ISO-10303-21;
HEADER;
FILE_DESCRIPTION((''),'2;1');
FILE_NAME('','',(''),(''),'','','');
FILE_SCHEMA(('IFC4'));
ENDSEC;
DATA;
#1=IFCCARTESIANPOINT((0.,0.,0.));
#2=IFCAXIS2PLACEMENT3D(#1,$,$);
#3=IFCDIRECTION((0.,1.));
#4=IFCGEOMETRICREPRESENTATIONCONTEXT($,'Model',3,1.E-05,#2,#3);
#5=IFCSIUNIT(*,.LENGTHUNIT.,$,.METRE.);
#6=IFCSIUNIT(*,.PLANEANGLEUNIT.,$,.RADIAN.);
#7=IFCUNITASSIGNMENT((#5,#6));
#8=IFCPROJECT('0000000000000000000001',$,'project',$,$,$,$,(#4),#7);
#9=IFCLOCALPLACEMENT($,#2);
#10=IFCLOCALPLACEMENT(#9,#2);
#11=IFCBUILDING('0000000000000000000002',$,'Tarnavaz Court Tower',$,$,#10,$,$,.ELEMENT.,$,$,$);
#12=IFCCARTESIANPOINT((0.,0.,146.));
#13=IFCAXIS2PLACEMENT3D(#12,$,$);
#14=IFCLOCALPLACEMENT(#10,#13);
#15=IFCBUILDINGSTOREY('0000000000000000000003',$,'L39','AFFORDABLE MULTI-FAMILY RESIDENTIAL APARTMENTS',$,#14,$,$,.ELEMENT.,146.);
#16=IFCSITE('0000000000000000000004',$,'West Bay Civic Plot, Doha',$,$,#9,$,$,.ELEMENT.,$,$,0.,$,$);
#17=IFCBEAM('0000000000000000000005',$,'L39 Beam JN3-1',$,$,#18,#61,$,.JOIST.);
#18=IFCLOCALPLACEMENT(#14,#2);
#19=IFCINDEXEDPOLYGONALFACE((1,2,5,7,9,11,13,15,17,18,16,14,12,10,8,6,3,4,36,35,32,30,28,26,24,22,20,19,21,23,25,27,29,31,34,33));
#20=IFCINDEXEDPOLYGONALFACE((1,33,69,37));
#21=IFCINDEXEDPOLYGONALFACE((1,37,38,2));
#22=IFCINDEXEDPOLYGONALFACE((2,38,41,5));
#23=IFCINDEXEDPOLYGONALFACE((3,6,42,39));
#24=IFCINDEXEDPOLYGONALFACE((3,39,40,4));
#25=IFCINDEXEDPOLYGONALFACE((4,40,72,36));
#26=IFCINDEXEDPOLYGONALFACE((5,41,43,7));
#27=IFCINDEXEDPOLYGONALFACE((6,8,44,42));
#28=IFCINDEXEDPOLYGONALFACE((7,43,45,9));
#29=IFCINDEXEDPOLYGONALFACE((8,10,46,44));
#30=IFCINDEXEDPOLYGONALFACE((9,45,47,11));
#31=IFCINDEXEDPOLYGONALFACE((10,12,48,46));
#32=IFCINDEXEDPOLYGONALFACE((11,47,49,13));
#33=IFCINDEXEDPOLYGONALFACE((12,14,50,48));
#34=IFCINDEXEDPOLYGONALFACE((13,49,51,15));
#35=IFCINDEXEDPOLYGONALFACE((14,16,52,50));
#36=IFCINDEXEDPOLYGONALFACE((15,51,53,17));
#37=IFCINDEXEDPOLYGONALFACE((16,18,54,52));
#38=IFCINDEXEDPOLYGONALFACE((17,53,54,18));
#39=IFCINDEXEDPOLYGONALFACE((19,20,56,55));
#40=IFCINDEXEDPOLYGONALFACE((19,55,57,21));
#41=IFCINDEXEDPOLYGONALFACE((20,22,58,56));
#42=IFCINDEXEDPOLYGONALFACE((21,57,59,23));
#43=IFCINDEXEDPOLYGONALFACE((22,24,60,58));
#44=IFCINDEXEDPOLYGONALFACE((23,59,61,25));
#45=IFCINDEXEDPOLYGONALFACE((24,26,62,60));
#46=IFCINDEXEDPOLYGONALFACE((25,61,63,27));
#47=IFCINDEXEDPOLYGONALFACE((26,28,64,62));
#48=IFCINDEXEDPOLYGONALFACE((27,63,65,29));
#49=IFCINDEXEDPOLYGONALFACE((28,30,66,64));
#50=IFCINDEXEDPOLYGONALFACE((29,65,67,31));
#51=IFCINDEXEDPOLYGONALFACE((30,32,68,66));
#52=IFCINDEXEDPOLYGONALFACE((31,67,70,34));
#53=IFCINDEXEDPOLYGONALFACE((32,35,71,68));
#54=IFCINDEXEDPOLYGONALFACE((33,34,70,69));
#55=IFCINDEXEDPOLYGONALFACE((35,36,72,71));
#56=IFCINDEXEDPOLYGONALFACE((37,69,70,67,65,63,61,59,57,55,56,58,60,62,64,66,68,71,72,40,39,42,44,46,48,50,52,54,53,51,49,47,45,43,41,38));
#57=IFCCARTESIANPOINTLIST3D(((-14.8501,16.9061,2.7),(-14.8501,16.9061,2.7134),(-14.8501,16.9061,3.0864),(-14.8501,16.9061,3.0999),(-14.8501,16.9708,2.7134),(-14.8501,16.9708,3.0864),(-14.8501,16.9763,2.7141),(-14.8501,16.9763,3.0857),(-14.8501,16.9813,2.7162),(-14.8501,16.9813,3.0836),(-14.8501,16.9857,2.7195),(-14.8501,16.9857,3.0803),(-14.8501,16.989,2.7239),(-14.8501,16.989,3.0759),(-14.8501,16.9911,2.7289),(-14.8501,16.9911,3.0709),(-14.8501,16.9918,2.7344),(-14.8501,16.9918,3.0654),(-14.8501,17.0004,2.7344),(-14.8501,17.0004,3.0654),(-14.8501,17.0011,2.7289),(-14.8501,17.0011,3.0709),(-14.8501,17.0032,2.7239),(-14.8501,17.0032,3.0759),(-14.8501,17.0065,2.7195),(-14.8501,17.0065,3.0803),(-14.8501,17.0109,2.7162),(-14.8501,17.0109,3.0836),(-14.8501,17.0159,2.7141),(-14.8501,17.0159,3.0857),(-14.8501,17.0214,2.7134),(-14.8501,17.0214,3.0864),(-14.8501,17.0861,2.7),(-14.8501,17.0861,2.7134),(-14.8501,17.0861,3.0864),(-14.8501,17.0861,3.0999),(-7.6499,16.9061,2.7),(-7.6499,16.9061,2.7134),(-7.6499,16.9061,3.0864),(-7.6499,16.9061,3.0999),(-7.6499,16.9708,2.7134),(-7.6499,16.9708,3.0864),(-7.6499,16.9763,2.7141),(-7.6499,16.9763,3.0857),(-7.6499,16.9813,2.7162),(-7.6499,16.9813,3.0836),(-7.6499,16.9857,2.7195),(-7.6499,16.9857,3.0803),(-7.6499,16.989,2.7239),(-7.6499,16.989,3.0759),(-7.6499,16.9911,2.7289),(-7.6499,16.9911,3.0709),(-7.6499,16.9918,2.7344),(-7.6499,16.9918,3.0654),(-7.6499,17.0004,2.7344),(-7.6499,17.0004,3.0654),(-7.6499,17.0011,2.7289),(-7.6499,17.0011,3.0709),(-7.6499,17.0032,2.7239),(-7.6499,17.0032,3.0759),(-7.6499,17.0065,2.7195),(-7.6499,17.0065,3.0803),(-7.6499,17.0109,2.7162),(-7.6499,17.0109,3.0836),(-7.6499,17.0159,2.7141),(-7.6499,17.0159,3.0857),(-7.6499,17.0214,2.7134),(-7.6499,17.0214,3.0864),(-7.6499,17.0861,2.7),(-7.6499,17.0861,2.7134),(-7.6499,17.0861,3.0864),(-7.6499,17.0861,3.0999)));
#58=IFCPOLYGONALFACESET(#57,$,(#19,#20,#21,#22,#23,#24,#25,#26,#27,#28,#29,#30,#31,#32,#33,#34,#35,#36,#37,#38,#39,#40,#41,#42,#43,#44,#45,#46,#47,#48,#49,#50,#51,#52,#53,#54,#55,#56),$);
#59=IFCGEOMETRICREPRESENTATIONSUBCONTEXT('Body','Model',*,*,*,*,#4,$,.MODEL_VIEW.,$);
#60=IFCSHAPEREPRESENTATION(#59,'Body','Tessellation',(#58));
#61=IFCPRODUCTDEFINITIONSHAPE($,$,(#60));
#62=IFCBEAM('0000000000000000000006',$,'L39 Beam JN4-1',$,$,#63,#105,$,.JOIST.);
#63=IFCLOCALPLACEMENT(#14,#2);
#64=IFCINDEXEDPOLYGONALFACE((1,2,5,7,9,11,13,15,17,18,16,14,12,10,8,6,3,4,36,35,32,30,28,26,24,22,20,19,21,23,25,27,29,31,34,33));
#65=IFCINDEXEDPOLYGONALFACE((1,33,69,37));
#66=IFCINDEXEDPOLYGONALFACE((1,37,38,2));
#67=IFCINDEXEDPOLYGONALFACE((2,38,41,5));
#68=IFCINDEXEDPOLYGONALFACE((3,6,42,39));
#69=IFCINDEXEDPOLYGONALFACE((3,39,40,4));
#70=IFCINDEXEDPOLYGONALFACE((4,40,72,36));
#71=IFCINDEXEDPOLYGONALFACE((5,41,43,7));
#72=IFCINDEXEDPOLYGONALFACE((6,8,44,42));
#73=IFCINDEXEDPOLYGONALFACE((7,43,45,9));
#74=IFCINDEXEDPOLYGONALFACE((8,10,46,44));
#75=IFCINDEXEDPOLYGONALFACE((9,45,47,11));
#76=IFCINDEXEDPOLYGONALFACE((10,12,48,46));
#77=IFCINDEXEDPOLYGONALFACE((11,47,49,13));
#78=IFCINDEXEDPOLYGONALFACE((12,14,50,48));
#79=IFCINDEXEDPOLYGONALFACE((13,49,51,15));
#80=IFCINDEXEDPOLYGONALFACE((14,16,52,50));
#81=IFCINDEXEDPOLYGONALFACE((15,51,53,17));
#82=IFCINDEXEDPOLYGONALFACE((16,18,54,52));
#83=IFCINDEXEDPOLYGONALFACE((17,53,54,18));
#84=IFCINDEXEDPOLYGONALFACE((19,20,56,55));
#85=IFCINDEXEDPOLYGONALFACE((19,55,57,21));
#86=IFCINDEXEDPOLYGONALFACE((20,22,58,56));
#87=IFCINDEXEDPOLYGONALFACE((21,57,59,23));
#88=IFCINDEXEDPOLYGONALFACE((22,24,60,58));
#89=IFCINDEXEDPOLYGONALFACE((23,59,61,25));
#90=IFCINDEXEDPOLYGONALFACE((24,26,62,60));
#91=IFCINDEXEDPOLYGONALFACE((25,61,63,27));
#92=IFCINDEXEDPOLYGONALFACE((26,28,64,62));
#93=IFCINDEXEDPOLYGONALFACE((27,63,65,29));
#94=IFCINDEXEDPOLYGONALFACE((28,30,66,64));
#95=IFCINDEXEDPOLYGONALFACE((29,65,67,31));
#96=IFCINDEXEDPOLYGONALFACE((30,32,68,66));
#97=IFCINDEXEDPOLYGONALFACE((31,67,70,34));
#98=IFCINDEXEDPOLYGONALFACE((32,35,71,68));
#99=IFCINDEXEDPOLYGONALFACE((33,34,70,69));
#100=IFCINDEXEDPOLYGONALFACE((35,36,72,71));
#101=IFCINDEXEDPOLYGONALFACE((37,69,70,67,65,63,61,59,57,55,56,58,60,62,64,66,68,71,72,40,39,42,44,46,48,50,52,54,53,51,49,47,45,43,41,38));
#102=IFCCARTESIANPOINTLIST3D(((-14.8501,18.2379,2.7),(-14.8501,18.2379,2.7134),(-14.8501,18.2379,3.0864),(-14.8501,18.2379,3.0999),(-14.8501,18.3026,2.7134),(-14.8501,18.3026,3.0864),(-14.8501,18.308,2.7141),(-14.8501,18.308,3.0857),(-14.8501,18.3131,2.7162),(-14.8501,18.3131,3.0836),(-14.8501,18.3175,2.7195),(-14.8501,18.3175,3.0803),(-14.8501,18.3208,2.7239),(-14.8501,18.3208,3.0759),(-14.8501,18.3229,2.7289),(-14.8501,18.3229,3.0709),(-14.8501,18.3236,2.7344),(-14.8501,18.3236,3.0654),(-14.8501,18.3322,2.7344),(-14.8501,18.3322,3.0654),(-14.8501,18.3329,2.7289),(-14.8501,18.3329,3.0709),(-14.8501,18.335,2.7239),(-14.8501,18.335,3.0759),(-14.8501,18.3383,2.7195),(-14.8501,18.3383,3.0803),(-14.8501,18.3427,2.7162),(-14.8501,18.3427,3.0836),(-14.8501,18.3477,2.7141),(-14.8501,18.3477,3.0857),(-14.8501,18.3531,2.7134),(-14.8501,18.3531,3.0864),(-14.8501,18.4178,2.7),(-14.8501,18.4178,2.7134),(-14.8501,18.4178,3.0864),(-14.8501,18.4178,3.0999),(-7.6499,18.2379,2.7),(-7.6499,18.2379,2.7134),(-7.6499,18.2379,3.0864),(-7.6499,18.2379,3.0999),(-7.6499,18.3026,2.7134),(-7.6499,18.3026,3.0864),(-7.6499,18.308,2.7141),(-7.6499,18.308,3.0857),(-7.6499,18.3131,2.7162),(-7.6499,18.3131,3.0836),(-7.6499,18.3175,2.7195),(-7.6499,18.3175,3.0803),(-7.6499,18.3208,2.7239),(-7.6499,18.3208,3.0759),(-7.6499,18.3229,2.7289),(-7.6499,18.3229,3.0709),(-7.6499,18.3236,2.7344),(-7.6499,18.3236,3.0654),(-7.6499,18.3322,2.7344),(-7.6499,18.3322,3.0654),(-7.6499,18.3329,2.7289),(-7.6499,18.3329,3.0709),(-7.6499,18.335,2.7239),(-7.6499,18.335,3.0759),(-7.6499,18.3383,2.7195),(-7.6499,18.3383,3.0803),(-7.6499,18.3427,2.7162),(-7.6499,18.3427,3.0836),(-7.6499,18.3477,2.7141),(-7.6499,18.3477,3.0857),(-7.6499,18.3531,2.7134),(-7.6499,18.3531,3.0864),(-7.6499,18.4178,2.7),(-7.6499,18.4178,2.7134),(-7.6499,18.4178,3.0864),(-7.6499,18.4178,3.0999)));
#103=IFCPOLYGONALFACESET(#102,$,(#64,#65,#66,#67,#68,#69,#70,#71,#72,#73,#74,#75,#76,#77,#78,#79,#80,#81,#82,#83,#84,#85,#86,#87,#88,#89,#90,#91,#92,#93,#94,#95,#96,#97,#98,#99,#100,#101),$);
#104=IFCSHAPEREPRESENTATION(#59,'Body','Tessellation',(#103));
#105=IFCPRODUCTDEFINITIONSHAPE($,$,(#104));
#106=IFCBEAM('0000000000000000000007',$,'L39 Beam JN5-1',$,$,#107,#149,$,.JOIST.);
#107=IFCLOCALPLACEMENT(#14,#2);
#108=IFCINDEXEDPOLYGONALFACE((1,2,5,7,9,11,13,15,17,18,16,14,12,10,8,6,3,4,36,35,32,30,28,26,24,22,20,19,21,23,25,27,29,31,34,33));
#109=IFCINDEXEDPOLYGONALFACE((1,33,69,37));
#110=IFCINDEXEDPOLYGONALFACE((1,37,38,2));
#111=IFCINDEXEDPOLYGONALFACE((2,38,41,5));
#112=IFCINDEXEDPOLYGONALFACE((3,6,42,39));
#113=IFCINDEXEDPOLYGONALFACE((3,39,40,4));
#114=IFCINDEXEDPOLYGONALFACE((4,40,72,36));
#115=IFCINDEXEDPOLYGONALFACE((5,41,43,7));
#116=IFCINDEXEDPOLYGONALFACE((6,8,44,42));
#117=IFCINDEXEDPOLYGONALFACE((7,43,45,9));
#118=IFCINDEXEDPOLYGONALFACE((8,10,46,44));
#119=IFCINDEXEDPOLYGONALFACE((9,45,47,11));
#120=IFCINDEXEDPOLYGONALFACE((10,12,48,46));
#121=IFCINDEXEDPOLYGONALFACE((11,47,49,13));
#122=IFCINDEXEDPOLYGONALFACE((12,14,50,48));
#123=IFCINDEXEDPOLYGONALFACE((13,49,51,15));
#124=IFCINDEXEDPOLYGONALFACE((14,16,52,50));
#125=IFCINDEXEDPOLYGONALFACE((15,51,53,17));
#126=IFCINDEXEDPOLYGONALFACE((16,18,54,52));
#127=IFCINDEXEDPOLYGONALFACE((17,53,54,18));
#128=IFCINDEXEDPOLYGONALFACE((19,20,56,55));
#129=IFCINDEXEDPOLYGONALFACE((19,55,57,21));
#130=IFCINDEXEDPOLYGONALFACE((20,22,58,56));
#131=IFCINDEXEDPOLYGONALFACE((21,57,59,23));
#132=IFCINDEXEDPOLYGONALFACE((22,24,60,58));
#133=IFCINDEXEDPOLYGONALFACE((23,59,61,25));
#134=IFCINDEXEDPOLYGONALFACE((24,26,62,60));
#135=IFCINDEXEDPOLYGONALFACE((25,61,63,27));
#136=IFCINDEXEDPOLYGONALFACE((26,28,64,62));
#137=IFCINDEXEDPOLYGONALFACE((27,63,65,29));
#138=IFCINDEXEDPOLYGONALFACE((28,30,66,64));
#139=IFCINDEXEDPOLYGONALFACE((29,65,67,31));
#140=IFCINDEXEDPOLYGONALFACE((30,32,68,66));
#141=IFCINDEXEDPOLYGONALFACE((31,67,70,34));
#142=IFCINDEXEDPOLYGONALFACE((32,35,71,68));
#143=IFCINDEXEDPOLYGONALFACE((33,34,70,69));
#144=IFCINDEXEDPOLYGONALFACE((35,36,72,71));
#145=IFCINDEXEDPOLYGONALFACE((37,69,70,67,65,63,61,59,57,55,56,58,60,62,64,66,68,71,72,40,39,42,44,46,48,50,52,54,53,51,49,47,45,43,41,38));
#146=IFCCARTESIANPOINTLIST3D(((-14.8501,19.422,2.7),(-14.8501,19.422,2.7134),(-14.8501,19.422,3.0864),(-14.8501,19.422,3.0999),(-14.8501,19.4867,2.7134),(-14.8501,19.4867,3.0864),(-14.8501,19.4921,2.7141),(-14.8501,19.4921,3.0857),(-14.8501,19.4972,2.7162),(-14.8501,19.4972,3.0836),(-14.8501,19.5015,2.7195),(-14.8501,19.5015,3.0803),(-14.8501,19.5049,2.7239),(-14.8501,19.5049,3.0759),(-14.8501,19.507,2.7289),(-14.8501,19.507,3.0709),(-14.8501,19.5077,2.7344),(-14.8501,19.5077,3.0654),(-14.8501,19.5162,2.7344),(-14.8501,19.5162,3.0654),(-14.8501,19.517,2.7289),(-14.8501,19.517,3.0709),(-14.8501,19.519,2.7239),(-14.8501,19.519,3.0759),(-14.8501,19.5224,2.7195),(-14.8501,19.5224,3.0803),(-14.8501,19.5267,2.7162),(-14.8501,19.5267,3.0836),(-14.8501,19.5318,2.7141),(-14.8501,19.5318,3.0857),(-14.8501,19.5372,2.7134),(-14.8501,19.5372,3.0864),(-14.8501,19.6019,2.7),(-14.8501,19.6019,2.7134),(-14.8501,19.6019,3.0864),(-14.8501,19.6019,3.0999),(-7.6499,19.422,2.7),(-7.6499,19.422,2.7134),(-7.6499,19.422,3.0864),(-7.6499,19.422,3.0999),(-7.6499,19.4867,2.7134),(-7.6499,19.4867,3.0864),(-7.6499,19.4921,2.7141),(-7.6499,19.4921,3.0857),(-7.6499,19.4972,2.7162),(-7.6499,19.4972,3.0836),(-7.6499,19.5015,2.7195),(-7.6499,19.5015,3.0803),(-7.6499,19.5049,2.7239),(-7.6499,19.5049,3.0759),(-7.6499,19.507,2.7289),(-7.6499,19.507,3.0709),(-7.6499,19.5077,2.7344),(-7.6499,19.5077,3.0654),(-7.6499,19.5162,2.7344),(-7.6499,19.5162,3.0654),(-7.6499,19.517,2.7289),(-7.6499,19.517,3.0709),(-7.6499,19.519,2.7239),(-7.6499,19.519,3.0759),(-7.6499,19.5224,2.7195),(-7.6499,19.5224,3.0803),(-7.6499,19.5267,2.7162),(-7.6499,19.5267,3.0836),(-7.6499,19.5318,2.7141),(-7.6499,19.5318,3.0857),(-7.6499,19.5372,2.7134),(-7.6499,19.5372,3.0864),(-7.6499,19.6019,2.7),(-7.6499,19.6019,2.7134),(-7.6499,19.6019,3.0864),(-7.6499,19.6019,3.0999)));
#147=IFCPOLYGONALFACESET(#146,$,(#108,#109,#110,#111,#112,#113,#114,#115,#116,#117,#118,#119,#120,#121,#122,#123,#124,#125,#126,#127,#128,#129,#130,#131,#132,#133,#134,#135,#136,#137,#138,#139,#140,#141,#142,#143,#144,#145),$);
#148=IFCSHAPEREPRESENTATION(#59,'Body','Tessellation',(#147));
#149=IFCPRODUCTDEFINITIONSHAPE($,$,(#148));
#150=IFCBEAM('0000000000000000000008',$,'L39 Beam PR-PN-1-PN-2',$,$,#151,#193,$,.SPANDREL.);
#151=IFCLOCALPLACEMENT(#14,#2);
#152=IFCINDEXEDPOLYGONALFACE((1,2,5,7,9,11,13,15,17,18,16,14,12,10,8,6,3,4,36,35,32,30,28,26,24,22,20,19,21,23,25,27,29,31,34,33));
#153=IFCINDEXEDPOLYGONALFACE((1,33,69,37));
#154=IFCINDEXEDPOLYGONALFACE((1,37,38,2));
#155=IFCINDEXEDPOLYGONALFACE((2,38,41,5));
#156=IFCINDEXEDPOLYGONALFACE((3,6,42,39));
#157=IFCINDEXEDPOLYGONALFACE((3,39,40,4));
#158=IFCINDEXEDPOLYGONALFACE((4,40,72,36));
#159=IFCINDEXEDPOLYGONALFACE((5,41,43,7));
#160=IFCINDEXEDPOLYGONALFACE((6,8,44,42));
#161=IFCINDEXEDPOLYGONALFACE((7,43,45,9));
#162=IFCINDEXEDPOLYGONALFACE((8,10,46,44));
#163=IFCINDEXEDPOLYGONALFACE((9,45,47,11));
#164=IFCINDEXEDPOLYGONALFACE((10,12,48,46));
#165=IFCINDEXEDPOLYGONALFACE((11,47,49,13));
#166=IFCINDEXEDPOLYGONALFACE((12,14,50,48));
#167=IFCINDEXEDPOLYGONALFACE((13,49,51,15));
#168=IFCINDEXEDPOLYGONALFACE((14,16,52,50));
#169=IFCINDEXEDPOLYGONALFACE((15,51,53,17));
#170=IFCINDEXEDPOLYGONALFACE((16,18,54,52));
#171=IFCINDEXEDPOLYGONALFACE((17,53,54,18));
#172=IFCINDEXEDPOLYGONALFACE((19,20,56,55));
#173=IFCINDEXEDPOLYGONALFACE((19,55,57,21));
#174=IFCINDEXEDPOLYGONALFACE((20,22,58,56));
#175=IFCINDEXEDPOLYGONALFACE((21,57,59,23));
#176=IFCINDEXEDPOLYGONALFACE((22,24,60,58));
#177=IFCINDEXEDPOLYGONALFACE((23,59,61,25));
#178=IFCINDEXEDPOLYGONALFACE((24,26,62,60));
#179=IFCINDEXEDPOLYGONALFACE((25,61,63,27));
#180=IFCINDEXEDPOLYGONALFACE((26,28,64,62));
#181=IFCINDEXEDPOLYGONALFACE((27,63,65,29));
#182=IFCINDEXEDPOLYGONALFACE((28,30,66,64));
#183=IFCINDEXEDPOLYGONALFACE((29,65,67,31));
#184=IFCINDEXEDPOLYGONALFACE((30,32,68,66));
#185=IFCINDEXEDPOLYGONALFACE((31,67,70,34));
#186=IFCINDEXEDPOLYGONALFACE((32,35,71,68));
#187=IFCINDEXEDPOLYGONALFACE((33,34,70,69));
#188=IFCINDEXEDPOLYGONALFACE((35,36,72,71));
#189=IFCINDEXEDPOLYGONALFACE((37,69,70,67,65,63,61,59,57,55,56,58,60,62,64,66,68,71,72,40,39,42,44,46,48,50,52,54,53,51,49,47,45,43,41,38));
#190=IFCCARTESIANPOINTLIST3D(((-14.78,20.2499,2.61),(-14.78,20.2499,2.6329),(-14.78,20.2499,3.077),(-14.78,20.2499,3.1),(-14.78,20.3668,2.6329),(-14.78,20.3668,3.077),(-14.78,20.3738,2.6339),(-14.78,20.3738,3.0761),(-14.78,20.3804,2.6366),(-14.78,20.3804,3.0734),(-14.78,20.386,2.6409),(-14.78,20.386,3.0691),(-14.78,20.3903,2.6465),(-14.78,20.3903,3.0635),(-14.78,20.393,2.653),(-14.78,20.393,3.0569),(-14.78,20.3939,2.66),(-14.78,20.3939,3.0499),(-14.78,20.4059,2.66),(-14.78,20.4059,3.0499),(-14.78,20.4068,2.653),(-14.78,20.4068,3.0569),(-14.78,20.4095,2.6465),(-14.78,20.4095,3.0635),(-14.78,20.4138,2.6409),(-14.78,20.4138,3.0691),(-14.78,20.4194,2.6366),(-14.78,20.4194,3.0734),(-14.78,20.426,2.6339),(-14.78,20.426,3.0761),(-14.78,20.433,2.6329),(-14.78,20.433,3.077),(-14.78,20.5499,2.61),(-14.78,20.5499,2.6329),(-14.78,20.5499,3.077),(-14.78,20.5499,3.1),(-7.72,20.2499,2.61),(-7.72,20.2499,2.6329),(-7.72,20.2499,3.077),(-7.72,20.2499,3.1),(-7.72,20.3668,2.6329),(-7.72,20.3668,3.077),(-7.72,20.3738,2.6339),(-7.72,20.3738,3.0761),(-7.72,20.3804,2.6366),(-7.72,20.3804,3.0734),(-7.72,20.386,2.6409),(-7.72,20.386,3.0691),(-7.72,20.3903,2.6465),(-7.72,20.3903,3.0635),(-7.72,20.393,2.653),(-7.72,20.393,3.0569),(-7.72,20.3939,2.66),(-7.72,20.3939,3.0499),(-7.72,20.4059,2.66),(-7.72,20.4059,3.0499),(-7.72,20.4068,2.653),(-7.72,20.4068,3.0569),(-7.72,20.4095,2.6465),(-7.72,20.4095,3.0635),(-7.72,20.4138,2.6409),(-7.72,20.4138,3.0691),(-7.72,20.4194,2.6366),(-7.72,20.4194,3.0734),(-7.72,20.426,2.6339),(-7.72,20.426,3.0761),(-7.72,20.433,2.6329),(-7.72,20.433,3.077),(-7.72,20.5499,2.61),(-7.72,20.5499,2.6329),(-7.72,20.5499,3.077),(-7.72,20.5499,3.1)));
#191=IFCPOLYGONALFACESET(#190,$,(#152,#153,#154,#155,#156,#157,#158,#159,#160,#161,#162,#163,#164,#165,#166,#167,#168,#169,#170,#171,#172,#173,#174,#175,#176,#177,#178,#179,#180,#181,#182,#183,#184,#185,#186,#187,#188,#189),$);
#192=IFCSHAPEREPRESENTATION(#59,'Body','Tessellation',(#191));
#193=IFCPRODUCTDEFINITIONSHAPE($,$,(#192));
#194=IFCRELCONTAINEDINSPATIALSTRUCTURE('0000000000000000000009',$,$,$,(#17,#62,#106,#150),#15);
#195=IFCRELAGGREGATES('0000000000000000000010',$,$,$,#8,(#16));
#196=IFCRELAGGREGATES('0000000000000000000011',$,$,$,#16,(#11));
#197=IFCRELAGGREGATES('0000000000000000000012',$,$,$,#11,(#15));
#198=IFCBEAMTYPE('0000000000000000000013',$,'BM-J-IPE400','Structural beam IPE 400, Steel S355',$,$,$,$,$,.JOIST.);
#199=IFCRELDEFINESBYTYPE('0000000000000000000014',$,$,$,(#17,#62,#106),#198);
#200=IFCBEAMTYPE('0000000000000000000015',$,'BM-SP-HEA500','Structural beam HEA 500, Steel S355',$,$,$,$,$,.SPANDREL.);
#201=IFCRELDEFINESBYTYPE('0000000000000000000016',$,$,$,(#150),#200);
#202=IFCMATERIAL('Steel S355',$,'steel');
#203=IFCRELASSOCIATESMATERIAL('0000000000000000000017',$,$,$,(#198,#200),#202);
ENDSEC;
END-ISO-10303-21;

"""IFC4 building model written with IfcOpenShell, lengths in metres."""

from ifc_helpers import new_model, si_unit, direction, frame, origin, origin_2d, place, context, subcontext, project, spatial, i_section, extrude, material, material_profile, profile_set, type_object, element, save


model = new_model("IFC4")

# Units and contexts
model_context = context("Model", 3, precision=1e-05, world=origin(), true_north=direction((0.0, 1.0)))
body_context = subcontext(model_context, "Body", "Model", "MODEL_VIEW")
ifc_project = project(units=[si_unit("LENGTHUNIT", "METRE"), si_unit("PLANEANGLEUNIT", "RADIAN")], contexts=[model_context])

# Site, building, storey
site_placement = place(None, origin())
site = spatial("IfcSite", under=ifc_project, at=site_placement, Name="West Bay Civic Plot, Doha", CompositionType="ELEMENT", RefElevation=0.0)
building_placement = place(site_placement, origin())
building = spatial("IfcBuilding", under=site, at=building_placement, Name="Tarnavaz Court Tower", CompositionType="ELEMENT")
storey_placement = place(building_placement, frame((0.0, 0.0, 146.0)))
storey = spatial("IfcBuildingStorey", under=building, at=storey_placement, Name="L39", Description="AFFORDABLE MULTI-FAMILY RESIDENTIAL APARTMENTS", CompositionType="ELEMENT", Elevation=146.0)

# Beams
ifc_material_1 = material(Name="Steel S355", Category="steel")
ifc_material_profile_1 = material_profile(ifc_material_1, i_section(OverallWidth=0.1799, OverallDepth=0.3999, WebThickness=0.0085, FlangeThickness=0.0134, FilletRadius=0.021, at=origin_2d()), Name="IPE 400")
ifc_profile_set_1 = profile_set([ifc_material_profile_1], Name="Steel S355")
beam_type_1 = type_object("IfcBeamType", Name="BM-J-IPE400", Description="Structural beam IPE 400, Steel S355", PredefinedType="JOIST", material=ifc_profile_set_1)
for number, where, z_axis, x_axis, name in (
    (1, (-14.8501, 16.9961, 2.8999), (1.0, 0.0, 0.0), (0.0, 1.0, 0.0), "L39 Beam JN3-1"),
    (2, (-14.8501, 18.3279, 2.8999), (1.0, 0.0, 0.0), (0.0, 1.0, 0.0), "L39 Beam JN4-1"),
    (3, (-14.8501, 19.512, 2.8999), (1.0, 0.0, 0.0), (0.0, 1.0, 0.0), "L39 Beam JN5-1"),
):
    element("IfcBeam", number, at=place(storey_placement, frame(where, z_axis=z_axis, x_axis=x_axis)), inside=storey, type_object=beam_type_1, Name=name, PredefinedType="JOIST", context=body_context, shape_type="SweptSolid", body=[
        extrude(i_section(OverallWidth=0.1799, OverallDepth=0.3999, WebThickness=0.0085, FlangeThickness=0.0134, FilletRadius=0.021, at=origin_2d()), origin(), (0.0, 0.0, 1.0), 7.2002),
    ])
ifc_material_profile_2 = material_profile(ifc_material_1, i_section(OverallWidth=0.3, OverallDepth=0.49, WebThickness=0.012, FlangeThickness=0.0229, FilletRadius=0.0271, at=origin_2d()), Name="HEA 500")
ifc_profile_set_2 = profile_set([ifc_material_profile_2], Name="Steel S355")
beam_type_2 = type_object("IfcBeamType", Name="BM-SP-HEA500", Description="Structural beam HEA 500, Steel S355", PredefinedType="SPANDREL", material=ifc_profile_set_2)
beam_1_placement = place(storey_placement, frame((-14.78, 20.3999, 2.855), z_axis=(1.0, 0.0, 0.0), x_axis=(0.0, 1.0, 0.0)))
element("IfcBeam", 4, at=beam_1_placement, inside=storey, type_object=beam_type_2, Name="L39 Beam PR-PN-1-PN-2", PredefinedType="SPANDREL", context=body_context, shape_type="SweptSolid", body=[
    extrude(i_section(OverallWidth=0.3, OverallDepth=0.49, WebThickness=0.012, FlangeThickness=0.0229, FilletRadius=0.0271, at=origin_2d()), origin(), (0.0, 0.0, 1.0), 7.0601),
])

save(model, "model.ifc")
